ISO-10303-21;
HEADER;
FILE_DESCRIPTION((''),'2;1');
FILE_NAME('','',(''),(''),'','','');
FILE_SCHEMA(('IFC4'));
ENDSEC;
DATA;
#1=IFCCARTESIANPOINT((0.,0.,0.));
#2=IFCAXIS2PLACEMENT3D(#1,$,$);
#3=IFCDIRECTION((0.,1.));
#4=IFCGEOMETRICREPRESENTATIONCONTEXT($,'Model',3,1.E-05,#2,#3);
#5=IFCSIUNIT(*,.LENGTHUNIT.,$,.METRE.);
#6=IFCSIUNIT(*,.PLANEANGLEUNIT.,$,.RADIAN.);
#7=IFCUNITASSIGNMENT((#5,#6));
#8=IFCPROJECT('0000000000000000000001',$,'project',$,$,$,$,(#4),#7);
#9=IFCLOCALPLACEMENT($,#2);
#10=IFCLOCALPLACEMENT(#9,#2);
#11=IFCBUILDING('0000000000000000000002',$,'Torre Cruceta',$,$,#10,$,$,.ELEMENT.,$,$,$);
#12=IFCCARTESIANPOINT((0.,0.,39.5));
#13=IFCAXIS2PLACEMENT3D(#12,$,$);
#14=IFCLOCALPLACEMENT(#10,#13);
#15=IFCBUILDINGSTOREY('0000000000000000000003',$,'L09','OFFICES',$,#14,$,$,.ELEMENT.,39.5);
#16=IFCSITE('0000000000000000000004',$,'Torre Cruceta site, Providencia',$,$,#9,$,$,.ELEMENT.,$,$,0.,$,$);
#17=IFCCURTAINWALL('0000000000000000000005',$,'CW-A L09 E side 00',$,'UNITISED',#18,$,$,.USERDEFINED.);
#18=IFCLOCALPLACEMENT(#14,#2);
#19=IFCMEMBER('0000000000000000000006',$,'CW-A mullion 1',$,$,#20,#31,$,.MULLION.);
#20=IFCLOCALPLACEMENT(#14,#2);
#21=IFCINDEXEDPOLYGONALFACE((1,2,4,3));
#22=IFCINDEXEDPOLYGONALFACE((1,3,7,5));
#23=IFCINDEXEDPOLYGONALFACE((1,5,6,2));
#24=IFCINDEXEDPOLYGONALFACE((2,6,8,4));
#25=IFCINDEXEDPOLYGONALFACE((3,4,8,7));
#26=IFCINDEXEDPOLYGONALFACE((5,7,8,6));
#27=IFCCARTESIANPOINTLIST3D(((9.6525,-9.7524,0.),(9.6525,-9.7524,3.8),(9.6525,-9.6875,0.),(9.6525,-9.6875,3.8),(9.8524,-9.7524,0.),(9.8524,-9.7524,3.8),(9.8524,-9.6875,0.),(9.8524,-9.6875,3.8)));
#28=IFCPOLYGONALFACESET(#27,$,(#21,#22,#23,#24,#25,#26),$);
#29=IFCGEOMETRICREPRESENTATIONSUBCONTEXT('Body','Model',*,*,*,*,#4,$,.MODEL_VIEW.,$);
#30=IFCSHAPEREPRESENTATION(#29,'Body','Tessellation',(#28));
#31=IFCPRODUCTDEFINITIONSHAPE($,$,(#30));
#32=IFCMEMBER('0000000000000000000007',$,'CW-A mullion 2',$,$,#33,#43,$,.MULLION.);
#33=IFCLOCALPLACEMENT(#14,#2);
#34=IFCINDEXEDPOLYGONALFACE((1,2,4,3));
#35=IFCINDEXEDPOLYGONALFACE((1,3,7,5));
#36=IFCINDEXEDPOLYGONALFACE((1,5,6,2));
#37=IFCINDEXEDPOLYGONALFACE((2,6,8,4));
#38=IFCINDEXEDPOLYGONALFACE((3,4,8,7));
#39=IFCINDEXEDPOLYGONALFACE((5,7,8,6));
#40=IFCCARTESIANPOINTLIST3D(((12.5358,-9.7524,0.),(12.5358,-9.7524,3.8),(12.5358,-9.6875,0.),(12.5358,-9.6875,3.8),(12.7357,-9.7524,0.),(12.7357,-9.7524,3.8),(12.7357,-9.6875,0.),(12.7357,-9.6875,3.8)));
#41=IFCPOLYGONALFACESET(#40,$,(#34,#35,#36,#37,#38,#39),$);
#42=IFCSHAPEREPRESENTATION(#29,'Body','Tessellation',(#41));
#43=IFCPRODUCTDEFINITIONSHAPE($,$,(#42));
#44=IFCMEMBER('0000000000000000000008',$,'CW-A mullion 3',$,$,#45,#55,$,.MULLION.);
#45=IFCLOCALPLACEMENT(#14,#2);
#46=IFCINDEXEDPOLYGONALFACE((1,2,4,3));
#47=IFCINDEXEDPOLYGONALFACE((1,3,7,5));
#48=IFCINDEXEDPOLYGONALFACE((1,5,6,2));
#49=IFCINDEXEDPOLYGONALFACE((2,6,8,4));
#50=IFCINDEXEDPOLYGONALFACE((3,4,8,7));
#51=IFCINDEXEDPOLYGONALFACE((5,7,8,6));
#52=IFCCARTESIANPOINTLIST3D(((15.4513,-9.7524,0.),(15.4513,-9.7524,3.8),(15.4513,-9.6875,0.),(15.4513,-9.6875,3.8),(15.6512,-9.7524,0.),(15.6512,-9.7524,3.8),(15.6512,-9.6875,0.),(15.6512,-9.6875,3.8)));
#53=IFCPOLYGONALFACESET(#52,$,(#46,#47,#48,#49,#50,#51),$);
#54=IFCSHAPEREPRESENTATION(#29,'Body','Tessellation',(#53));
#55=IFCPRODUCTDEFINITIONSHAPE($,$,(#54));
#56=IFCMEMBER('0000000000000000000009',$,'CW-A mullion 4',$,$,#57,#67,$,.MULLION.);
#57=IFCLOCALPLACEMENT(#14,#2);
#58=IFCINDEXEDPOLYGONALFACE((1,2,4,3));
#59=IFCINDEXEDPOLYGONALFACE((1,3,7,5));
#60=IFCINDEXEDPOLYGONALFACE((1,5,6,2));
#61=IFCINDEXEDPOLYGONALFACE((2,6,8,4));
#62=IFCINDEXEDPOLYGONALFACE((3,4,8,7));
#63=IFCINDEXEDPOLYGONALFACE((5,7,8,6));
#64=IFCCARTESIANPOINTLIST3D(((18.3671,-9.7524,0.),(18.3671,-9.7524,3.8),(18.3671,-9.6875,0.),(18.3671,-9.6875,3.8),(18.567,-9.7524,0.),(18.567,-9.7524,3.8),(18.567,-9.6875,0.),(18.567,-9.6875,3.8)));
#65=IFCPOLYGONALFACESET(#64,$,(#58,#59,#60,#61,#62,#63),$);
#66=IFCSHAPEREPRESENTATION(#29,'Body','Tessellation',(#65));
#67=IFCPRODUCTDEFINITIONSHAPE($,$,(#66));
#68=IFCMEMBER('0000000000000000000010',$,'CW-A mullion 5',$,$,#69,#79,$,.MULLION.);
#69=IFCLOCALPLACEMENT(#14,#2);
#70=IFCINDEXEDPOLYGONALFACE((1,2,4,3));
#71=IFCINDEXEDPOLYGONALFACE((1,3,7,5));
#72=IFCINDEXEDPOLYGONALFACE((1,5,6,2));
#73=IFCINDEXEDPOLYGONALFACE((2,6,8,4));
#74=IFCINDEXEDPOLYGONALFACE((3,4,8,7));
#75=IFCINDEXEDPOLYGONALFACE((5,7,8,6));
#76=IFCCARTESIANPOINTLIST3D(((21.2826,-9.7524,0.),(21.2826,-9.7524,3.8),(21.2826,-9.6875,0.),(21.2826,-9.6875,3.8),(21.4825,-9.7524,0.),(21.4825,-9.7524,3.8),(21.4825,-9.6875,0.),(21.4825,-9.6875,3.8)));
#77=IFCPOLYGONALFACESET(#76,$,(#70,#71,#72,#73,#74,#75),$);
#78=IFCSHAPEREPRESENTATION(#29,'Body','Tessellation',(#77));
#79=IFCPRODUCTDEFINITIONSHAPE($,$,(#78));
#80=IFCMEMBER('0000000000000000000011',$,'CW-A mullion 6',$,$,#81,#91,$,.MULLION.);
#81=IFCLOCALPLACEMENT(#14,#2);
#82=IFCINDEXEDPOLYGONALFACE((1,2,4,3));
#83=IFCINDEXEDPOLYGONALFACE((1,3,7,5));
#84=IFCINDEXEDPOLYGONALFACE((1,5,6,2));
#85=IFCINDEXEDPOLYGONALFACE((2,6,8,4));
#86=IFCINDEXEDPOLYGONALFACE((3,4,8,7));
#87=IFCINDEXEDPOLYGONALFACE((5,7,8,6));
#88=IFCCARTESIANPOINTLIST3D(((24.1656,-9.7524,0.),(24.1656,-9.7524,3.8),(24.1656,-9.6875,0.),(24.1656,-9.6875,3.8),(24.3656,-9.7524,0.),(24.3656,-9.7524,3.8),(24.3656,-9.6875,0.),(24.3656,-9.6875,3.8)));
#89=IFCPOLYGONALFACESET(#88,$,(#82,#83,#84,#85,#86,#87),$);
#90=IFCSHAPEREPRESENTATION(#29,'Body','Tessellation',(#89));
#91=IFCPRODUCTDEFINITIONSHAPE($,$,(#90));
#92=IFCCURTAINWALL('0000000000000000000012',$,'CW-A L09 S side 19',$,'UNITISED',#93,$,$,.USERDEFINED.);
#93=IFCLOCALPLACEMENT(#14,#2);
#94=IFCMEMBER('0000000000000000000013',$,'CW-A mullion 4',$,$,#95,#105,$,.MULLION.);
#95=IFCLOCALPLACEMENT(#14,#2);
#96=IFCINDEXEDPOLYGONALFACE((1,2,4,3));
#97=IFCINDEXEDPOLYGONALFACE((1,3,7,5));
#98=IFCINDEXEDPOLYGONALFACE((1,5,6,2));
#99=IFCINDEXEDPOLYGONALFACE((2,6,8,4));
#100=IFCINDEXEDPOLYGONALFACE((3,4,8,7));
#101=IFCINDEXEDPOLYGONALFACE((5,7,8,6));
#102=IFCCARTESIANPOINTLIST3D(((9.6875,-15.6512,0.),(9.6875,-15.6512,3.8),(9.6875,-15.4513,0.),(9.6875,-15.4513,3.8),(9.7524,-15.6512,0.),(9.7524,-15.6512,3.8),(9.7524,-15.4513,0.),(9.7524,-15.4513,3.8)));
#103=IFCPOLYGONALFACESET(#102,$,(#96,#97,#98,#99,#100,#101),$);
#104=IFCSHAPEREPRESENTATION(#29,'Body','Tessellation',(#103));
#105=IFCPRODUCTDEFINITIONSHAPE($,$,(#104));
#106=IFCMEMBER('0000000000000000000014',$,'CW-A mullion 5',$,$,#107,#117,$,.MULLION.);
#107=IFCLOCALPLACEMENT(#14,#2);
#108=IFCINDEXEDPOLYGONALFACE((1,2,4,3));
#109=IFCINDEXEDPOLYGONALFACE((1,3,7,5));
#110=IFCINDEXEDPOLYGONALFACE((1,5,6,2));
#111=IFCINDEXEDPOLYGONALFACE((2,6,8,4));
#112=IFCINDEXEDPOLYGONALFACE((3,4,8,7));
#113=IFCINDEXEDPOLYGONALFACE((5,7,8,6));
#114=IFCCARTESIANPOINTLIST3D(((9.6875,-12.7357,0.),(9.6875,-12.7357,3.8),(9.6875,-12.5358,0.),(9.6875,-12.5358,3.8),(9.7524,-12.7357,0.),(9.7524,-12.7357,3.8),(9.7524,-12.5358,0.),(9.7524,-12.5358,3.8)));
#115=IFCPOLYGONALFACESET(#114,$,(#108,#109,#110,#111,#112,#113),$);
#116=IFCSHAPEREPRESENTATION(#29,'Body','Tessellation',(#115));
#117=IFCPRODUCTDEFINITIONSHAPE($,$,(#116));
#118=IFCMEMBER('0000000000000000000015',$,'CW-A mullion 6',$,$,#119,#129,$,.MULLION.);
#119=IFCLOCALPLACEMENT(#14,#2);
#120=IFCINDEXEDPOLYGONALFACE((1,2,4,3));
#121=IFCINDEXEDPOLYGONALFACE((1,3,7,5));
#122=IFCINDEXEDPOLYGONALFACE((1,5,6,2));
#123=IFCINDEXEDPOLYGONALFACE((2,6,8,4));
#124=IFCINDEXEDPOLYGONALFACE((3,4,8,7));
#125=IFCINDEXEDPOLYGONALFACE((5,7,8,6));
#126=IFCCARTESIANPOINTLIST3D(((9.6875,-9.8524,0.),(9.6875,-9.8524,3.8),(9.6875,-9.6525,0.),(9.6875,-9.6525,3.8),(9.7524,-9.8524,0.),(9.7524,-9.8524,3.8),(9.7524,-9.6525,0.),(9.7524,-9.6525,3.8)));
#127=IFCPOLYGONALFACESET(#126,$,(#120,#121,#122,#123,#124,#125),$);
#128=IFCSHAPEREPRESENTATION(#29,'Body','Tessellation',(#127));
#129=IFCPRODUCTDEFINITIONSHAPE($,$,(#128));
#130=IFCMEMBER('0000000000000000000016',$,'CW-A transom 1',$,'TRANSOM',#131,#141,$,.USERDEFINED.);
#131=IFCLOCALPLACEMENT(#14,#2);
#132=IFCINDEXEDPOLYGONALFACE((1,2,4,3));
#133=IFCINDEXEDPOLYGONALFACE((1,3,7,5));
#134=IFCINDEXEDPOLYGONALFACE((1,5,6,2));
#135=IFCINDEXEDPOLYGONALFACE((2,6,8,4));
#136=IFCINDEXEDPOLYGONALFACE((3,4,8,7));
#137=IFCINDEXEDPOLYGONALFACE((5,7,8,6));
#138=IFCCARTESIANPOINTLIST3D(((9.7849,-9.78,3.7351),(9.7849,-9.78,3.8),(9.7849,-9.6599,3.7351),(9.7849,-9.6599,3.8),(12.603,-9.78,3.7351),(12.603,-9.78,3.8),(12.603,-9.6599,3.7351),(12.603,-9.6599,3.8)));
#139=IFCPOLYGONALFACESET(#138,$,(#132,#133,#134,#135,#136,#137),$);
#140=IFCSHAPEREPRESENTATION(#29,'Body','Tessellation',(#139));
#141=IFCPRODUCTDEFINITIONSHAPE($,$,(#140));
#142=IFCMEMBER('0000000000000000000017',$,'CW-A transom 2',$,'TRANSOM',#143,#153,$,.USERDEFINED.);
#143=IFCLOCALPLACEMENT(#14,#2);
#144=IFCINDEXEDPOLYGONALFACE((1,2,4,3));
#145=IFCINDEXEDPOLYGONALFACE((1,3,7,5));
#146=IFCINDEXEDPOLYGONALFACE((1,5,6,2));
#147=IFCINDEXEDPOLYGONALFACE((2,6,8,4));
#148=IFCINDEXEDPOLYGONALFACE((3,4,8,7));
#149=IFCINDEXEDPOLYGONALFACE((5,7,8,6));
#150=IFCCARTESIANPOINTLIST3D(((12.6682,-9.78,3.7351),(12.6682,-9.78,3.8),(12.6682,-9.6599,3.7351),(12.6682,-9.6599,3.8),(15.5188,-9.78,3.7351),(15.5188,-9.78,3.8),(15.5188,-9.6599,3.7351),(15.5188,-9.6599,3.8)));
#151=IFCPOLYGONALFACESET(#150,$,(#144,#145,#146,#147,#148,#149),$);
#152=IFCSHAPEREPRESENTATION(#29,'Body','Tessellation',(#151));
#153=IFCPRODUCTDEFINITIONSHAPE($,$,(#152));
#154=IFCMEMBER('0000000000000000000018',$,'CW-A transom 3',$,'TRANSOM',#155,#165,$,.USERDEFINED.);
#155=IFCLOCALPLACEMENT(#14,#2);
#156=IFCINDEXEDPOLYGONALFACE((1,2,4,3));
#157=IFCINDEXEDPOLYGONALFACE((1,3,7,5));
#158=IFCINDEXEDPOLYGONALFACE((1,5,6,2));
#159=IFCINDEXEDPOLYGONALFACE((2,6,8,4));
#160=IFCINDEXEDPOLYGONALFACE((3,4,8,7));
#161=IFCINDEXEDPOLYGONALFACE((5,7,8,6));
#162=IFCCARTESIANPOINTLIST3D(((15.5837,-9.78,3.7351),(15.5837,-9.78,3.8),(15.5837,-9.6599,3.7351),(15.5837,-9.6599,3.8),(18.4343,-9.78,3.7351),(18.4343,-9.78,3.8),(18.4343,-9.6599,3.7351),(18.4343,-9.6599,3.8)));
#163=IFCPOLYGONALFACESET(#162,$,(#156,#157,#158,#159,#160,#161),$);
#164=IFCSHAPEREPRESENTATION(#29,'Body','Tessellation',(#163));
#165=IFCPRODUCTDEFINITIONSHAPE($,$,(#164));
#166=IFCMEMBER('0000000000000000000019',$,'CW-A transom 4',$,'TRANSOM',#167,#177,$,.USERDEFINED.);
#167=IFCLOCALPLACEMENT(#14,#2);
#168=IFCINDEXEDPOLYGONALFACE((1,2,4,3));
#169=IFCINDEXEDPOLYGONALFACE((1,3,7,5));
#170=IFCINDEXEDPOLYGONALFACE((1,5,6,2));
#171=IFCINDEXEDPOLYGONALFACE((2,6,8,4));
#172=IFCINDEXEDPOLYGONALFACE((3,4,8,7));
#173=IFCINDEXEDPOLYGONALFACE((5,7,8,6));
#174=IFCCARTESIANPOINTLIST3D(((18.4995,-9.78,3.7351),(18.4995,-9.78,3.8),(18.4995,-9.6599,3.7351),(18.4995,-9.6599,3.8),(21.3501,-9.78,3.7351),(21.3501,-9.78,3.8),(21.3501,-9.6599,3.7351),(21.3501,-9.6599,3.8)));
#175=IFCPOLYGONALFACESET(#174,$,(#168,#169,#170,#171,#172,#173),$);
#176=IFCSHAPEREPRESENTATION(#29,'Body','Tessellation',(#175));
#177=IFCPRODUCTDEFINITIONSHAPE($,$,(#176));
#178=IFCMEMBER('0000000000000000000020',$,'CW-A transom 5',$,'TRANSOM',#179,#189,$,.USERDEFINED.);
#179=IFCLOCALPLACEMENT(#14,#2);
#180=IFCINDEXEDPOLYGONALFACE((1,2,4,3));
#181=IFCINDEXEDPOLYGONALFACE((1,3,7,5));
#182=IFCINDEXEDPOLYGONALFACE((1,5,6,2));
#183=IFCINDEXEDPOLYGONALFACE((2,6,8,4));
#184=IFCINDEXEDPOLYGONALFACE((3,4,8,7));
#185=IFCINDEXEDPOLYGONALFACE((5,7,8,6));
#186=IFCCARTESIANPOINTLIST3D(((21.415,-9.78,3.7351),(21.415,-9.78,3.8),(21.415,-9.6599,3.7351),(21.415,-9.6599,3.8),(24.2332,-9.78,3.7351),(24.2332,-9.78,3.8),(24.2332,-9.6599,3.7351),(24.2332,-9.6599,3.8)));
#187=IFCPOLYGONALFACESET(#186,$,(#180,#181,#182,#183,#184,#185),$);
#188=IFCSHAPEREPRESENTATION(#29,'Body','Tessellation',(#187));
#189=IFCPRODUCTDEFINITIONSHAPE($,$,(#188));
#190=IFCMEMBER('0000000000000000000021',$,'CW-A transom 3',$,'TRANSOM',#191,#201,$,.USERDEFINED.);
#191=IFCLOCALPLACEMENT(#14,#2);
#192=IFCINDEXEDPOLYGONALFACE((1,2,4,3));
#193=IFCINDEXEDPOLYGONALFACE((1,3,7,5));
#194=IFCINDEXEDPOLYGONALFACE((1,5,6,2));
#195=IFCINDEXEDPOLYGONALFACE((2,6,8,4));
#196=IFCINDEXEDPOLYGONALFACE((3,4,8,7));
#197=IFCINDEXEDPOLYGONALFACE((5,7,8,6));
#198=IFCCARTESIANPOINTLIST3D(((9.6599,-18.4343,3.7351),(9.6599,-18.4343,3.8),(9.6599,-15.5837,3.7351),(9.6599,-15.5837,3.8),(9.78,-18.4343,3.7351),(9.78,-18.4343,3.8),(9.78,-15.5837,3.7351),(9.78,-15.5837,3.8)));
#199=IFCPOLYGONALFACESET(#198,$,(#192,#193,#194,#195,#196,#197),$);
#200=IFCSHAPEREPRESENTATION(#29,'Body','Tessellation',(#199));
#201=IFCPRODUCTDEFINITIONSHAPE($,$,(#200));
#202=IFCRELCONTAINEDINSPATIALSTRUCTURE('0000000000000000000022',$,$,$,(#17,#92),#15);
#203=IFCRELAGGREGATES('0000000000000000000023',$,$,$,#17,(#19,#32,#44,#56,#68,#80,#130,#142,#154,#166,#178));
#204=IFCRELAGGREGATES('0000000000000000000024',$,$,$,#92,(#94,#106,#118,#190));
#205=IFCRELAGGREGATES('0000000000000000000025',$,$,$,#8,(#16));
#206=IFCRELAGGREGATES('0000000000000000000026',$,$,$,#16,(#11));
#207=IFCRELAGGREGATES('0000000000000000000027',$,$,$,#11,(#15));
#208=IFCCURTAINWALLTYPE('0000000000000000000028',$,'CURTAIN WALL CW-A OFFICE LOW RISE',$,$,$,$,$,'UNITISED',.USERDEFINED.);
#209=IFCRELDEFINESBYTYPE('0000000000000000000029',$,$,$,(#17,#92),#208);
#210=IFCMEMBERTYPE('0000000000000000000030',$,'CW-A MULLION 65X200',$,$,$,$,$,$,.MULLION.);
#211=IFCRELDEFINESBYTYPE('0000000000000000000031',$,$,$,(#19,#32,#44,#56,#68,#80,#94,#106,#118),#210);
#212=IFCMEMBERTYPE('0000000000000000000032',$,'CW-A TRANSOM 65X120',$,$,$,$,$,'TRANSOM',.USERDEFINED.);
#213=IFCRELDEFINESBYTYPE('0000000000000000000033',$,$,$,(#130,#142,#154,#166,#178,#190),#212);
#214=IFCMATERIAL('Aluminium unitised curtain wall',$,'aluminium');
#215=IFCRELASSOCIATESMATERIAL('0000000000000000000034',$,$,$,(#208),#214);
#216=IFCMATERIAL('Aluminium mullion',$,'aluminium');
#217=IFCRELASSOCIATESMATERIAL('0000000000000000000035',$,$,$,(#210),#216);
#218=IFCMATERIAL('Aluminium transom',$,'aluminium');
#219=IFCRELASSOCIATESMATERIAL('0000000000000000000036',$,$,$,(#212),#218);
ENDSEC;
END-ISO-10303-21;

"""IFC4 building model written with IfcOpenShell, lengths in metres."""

from ifc_helpers import new_model, si_unit, direction, frame, origin, origin_2d, place, context, subcontext, project, spatial, rectangle, extrude, material, material_profile, profile_set, type_object, element, aggregate, save


model = new_model("IFC4")

# Units and contexts
model_context = context("Model", 3, precision=1e-05, world=origin(), true_north=direction((0.0, 1.0)))
body_context = subcontext(model_context, "Body", "Model", "MODEL_VIEW")
ifc_project = project(units=[si_unit("LENGTHUNIT", "METRE"), si_unit("PLANEANGLEUNIT", "RADIAN")], contexts=[model_context])

# Site, building, storey
site_placement = place(None, origin())
site = spatial("IfcSite", under=ifc_project, at=site_placement, Name="Torre Cruceta site, Providencia", CompositionType="ELEMENT", RefElevation=0.0)
building_placement = place(site_placement, origin())
building = spatial("IfcBuilding", under=site, at=building_placement, Name="Torre Cruceta", CompositionType="ELEMENT")
storey_placement = place(building_placement, frame((0.0, 0.0, 39.5)))
storey = spatial("IfcBuildingStorey", under=building, at=storey_placement, Name="L09", Description="OFFICES", CompositionType="ELEMENT", Elevation=39.5)

# Curtain walls, members
ifc_material_1 = material(Name="Aluminium unitised curtain wall", Category="aluminium")
curtain_wall_type = type_object("IfcCurtainWallType", Name="CURTAIN WALL CW-A OFFICE LOW RISE", ElementType="UNITISED", PredefinedType="USERDEFINED", material=ifc_material_1)
curtain_wall_1_placement = place(storey_placement, origin())
curtain_wall_1 = element("IfcCurtainWall", 1, at=curtain_wall_1_placement, inside=storey, type_object=curtain_wall_type, Name="CW-A L09 E side 00", ObjectType="UNITISED", PredefinedType="USERDEFINED")
ifc_material_2 = material(Name="Aluminium mullion", Category="aluminium")
ifc_material_profile_1 = material_profile(ifc_material_2, rectangle(XDim=0.0649, YDim=0.2, at=origin_2d()), Name="AL 65X200")
ifc_profile_set_1 = profile_set([ifc_material_profile_1], Name="Aluminium mullion")
member_type_1 = type_object("IfcMemberType", Name="CW-A MULLION 65X200", PredefinedType="MULLION", material=ifc_profile_set_1)
member_1_placement = place(storey_placement, frame((9.7524, -9.72, 0.0), z_axis=(0.0, 0.0, 1.0), x_axis=(0.0, 1.0, 0.0)))
member_1 = element("IfcMember", 2, at=member_1_placement, type_object=member_type_1, Name="CW-A mullion 1", PredefinedType="MULLION", context=body_context, shape_type="SweptSolid", body=[
    extrude(rectangle(XDim=0.0649, YDim=0.2, at=origin_2d()), origin(), (0.0, 0.0, 1.0), 3.8),
])
member_2_placement = place(storey_placement, frame((12.6357, -9.72, 0.0), z_axis=(0.0, 0.0, 1.0), x_axis=(0.0, 1.0, 0.0)))
member_2 = element("IfcMember", 3, at=member_2_placement, type_object=member_type_1, Name="CW-A mullion 2", PredefinedType="MULLION", context=body_context, shape_type="SweptSolid", body=[
    extrude(rectangle(XDim=0.0649, YDim=0.2, at=origin_2d()), origin(), (0.0, 0.0, 1.0), 3.8),
])
member_3_placement = place(storey_placement, frame((15.5513, -9.72, 0.0), z_axis=(0.0, 0.0, 1.0), x_axis=(0.0, 1.0, 0.0)))
member_3 = element("IfcMember", 4, at=member_3_placement, type_object=member_type_1, Name="CW-A mullion 3", PredefinedType="MULLION", context=body_context, shape_type="SweptSolid", body=[
    extrude(rectangle(XDim=0.0649, YDim=0.2, at=origin_2d()), origin(), (0.0, 0.0, 1.0), 3.8),
])
member_4_placement = place(storey_placement, frame((18.467, -9.72, 0.0), z_axis=(0.0, 0.0, 1.0), x_axis=(0.0, 1.0, 0.0)))
member_4 = element("IfcMember", 5, at=member_4_placement, type_object=member_type_1, Name="CW-A mullion 4", PredefinedType="MULLION", context=body_context, shape_type="SweptSolid", body=[
    extrude(rectangle(XDim=0.0649, YDim=0.2, at=origin_2d()), origin(), (0.0, 0.0, 1.0), 3.8),
])
member_5_placement = place(storey_placement, frame((21.3826, -9.72, 0.0), z_axis=(0.0, 0.0, 1.0), x_axis=(0.0, 1.0, 0.0)))
member_5 = element("IfcMember", 6, at=member_5_placement, type_object=member_type_1, Name="CW-A mullion 5", PredefinedType="MULLION", context=body_context, shape_type="SweptSolid", body=[
    extrude(rectangle(XDim=0.0649, YDim=0.2, at=origin_2d()), origin(), (0.0, 0.0, 1.0), 3.8),
])
member_6_placement = place(storey_placement, frame((24.2656, -9.72, 0.0), z_axis=(0.0, 0.0, 1.0), x_axis=(0.0, 1.0, 0.0)))
member_6 = element("IfcMember", 7, at=member_6_placement, type_object=member_type_1, Name="CW-A mullion 6", PredefinedType="MULLION", context=body_context, shape_type="SweptSolid", body=[
    extrude(rectangle(XDim=0.0649, YDim=0.2, at=origin_2d()), origin(), (0.0, 0.0, 1.0), 3.8),
])
curtain_wall_2_placement = place(storey_placement, origin())
curtain_wall_2 = element("IfcCurtainWall", 8, at=curtain_wall_2_placement, inside=storey, type_object=curtain_wall_type, Name="CW-A L09 S side 19", ObjectType="UNITISED", PredefinedType="USERDEFINED")
member_7_placement = place(storey_placement, frame((9.72, -15.5513, 0.0), z_axis=(0.0, 0.0, 1.0), x_axis=(-1.0, 0.0, 0.0)))
member_7 = element("IfcMember", 9, at=member_7_placement, type_object=member_type_1, Name="CW-A mullion 4", PredefinedType="MULLION", context=body_context, shape_type="SweptSolid", body=[
    extrude(rectangle(XDim=0.0649, YDim=0.2, at=origin_2d()), origin(), (0.0, 0.0, 1.0), 3.8),
])
member_8_placement = place(storey_placement, frame((9.72, -12.6357, 0.0), z_axis=(0.0, 0.0, 1.0), x_axis=(-1.0, 0.0, 0.0)))
member_8 = element("IfcMember", 10, at=member_8_placement, type_object=member_type_1, Name="CW-A mullion 5", PredefinedType="MULLION", context=body_context, shape_type="SweptSolid", body=[
    extrude(rectangle(XDim=0.0649, YDim=0.2, at=origin_2d()), origin(), (0.0, 0.0, 1.0), 3.8),
])
member_9_placement = place(storey_placement, frame((9.72, -9.7524, 0.0), z_axis=(0.0, 0.0, 1.0), x_axis=(-1.0, 0.0, 0.0)))
member_9 = element("IfcMember", 11, at=member_9_placement, type_object=member_type_1, Name="CW-A mullion 6", PredefinedType="MULLION", context=body_context, shape_type="SweptSolid", body=[
    extrude(rectangle(XDim=0.0649, YDim=0.2, at=origin_2d()), origin(), (0.0, 0.0, 1.0), 3.8),
])

# Members
ifc_material_3 = material(Name="Aluminium transom", Category="aluminium")
ifc_material_profile_2 = material_profile(ifc_material_3, rectangle(XDim=0.1201, YDim=0.0649, at=origin_2d()), Name="AL 120X65")
ifc_profile_set_2 = profile_set([ifc_material_profile_2], Name="Aluminium transom")
member_type_2 = type_object("IfcMemberType", Name="CW-A TRANSOM 65X120", ElementType="TRANSOM", PredefinedType="USERDEFINED", material=ifc_profile_set_2)
member_10_placement = place(storey_placement, frame((9.7849, -9.72, 3.7676), z_axis=(1.0, 0.0, 0.0), x_axis=(0.0, 1.0, 0.0)))
member_10 = element("IfcMember", 12, at=member_10_placement, type_object=member_type_2, Name="CW-A transom 1", ObjectType="TRANSOM", PredefinedType="USERDEFINED", context=body_context, shape_type="SweptSolid", body=[
    extrude(rectangle(XDim=0.1201, YDim=0.0649, at=origin_2d()), origin(), (0.0, 0.0, 1.0), 2.8181),
])
member_11_placement = place(storey_placement, frame((12.6682, -9.72, 3.7676), z_axis=(1.0, 0.0, 0.0), x_axis=(0.0, 1.0, 0.0)))
member_11 = element("IfcMember", 13, at=member_11_placement, type_object=member_type_2, Name="CW-A transom 2", ObjectType="TRANSOM", PredefinedType="USERDEFINED", context=body_context, shape_type="SweptSolid", body=[
    extrude(rectangle(XDim=0.1201, YDim=0.0649, at=origin_2d()), origin(), (0.0, 0.0, 1.0), 2.8506),
])
member_12_placement = place(storey_placement, frame((15.5837, -9.72, 3.7676), z_axis=(1.0, 0.0, 0.0), x_axis=(0.0, 1.0, 0.0)))
member_12 = element("IfcMember", 14, at=member_12_placement, type_object=member_type_2, Name="CW-A transom 3", ObjectType="TRANSOM", PredefinedType="USERDEFINED", context=body_context, shape_type="SweptSolid", body=[
    extrude(rectangle(XDim=0.1201, YDim=0.0649, at=origin_2d()), origin(), (0.0, 0.0, 1.0), 2.8506),
])
member_13_placement = place(storey_placement, frame((18.4995, -9.72, 3.7676), z_axis=(1.0, 0.0, 0.0), x_axis=(0.0, 1.0, 0.0)))
member_13 = element("IfcMember", 15, at=member_13_placement, type_object=member_type_2, Name="CW-A transom 4", ObjectType="TRANSOM", PredefinedType="USERDEFINED", context=body_context, shape_type="SweptSolid", body=[
    extrude(rectangle(XDim=0.1201, YDim=0.0649, at=origin_2d()), origin(), (0.0, 0.0, 1.0), 2.8506),
])
member_14_placement = place(storey_placement, frame((21.415, -9.72, 3.7676), z_axis=(1.0, 0.0, 0.0), x_axis=(0.0, 1.0, 0.0)))
member_14 = element("IfcMember", 16, at=member_14_placement, type_object=member_type_2, Name="CW-A transom 5", ObjectType="TRANSOM", PredefinedType="USERDEFINED", context=body_context, shape_type="SweptSolid", body=[
    extrude(rectangle(XDim=0.1201, YDim=0.0649, at=origin_2d()), origin(), (0.0, 0.0, 1.0), 2.8181),
])
member_15_placement = place(storey_placement, frame((9.72, -18.4343, 3.7676), z_axis=(0.0, 1.0, 0.0), x_axis=(-1.0, 0.0, 0.0)))
member_15 = element("IfcMember", 17, at=member_15_placement, type_object=member_type_2, Name="CW-A transom 3", ObjectType="TRANSOM", PredefinedType="USERDEFINED", context=body_context, shape_type="SweptSolid", body=[
    extrude(rectangle(XDim=0.1201, YDim=0.0649, at=origin_2d()), origin(), (0.0, 0.0, 1.0), 2.8506),
])

aggregate(curtain_wall_1, [member_1, member_2, member_3, member_4, member_5, member_6, member_10, member_11, member_12, member_13, member_14])
aggregate(curtain_wall_2, [member_7, member_8, member_9, member_15])

save(model, "model.ifc")
